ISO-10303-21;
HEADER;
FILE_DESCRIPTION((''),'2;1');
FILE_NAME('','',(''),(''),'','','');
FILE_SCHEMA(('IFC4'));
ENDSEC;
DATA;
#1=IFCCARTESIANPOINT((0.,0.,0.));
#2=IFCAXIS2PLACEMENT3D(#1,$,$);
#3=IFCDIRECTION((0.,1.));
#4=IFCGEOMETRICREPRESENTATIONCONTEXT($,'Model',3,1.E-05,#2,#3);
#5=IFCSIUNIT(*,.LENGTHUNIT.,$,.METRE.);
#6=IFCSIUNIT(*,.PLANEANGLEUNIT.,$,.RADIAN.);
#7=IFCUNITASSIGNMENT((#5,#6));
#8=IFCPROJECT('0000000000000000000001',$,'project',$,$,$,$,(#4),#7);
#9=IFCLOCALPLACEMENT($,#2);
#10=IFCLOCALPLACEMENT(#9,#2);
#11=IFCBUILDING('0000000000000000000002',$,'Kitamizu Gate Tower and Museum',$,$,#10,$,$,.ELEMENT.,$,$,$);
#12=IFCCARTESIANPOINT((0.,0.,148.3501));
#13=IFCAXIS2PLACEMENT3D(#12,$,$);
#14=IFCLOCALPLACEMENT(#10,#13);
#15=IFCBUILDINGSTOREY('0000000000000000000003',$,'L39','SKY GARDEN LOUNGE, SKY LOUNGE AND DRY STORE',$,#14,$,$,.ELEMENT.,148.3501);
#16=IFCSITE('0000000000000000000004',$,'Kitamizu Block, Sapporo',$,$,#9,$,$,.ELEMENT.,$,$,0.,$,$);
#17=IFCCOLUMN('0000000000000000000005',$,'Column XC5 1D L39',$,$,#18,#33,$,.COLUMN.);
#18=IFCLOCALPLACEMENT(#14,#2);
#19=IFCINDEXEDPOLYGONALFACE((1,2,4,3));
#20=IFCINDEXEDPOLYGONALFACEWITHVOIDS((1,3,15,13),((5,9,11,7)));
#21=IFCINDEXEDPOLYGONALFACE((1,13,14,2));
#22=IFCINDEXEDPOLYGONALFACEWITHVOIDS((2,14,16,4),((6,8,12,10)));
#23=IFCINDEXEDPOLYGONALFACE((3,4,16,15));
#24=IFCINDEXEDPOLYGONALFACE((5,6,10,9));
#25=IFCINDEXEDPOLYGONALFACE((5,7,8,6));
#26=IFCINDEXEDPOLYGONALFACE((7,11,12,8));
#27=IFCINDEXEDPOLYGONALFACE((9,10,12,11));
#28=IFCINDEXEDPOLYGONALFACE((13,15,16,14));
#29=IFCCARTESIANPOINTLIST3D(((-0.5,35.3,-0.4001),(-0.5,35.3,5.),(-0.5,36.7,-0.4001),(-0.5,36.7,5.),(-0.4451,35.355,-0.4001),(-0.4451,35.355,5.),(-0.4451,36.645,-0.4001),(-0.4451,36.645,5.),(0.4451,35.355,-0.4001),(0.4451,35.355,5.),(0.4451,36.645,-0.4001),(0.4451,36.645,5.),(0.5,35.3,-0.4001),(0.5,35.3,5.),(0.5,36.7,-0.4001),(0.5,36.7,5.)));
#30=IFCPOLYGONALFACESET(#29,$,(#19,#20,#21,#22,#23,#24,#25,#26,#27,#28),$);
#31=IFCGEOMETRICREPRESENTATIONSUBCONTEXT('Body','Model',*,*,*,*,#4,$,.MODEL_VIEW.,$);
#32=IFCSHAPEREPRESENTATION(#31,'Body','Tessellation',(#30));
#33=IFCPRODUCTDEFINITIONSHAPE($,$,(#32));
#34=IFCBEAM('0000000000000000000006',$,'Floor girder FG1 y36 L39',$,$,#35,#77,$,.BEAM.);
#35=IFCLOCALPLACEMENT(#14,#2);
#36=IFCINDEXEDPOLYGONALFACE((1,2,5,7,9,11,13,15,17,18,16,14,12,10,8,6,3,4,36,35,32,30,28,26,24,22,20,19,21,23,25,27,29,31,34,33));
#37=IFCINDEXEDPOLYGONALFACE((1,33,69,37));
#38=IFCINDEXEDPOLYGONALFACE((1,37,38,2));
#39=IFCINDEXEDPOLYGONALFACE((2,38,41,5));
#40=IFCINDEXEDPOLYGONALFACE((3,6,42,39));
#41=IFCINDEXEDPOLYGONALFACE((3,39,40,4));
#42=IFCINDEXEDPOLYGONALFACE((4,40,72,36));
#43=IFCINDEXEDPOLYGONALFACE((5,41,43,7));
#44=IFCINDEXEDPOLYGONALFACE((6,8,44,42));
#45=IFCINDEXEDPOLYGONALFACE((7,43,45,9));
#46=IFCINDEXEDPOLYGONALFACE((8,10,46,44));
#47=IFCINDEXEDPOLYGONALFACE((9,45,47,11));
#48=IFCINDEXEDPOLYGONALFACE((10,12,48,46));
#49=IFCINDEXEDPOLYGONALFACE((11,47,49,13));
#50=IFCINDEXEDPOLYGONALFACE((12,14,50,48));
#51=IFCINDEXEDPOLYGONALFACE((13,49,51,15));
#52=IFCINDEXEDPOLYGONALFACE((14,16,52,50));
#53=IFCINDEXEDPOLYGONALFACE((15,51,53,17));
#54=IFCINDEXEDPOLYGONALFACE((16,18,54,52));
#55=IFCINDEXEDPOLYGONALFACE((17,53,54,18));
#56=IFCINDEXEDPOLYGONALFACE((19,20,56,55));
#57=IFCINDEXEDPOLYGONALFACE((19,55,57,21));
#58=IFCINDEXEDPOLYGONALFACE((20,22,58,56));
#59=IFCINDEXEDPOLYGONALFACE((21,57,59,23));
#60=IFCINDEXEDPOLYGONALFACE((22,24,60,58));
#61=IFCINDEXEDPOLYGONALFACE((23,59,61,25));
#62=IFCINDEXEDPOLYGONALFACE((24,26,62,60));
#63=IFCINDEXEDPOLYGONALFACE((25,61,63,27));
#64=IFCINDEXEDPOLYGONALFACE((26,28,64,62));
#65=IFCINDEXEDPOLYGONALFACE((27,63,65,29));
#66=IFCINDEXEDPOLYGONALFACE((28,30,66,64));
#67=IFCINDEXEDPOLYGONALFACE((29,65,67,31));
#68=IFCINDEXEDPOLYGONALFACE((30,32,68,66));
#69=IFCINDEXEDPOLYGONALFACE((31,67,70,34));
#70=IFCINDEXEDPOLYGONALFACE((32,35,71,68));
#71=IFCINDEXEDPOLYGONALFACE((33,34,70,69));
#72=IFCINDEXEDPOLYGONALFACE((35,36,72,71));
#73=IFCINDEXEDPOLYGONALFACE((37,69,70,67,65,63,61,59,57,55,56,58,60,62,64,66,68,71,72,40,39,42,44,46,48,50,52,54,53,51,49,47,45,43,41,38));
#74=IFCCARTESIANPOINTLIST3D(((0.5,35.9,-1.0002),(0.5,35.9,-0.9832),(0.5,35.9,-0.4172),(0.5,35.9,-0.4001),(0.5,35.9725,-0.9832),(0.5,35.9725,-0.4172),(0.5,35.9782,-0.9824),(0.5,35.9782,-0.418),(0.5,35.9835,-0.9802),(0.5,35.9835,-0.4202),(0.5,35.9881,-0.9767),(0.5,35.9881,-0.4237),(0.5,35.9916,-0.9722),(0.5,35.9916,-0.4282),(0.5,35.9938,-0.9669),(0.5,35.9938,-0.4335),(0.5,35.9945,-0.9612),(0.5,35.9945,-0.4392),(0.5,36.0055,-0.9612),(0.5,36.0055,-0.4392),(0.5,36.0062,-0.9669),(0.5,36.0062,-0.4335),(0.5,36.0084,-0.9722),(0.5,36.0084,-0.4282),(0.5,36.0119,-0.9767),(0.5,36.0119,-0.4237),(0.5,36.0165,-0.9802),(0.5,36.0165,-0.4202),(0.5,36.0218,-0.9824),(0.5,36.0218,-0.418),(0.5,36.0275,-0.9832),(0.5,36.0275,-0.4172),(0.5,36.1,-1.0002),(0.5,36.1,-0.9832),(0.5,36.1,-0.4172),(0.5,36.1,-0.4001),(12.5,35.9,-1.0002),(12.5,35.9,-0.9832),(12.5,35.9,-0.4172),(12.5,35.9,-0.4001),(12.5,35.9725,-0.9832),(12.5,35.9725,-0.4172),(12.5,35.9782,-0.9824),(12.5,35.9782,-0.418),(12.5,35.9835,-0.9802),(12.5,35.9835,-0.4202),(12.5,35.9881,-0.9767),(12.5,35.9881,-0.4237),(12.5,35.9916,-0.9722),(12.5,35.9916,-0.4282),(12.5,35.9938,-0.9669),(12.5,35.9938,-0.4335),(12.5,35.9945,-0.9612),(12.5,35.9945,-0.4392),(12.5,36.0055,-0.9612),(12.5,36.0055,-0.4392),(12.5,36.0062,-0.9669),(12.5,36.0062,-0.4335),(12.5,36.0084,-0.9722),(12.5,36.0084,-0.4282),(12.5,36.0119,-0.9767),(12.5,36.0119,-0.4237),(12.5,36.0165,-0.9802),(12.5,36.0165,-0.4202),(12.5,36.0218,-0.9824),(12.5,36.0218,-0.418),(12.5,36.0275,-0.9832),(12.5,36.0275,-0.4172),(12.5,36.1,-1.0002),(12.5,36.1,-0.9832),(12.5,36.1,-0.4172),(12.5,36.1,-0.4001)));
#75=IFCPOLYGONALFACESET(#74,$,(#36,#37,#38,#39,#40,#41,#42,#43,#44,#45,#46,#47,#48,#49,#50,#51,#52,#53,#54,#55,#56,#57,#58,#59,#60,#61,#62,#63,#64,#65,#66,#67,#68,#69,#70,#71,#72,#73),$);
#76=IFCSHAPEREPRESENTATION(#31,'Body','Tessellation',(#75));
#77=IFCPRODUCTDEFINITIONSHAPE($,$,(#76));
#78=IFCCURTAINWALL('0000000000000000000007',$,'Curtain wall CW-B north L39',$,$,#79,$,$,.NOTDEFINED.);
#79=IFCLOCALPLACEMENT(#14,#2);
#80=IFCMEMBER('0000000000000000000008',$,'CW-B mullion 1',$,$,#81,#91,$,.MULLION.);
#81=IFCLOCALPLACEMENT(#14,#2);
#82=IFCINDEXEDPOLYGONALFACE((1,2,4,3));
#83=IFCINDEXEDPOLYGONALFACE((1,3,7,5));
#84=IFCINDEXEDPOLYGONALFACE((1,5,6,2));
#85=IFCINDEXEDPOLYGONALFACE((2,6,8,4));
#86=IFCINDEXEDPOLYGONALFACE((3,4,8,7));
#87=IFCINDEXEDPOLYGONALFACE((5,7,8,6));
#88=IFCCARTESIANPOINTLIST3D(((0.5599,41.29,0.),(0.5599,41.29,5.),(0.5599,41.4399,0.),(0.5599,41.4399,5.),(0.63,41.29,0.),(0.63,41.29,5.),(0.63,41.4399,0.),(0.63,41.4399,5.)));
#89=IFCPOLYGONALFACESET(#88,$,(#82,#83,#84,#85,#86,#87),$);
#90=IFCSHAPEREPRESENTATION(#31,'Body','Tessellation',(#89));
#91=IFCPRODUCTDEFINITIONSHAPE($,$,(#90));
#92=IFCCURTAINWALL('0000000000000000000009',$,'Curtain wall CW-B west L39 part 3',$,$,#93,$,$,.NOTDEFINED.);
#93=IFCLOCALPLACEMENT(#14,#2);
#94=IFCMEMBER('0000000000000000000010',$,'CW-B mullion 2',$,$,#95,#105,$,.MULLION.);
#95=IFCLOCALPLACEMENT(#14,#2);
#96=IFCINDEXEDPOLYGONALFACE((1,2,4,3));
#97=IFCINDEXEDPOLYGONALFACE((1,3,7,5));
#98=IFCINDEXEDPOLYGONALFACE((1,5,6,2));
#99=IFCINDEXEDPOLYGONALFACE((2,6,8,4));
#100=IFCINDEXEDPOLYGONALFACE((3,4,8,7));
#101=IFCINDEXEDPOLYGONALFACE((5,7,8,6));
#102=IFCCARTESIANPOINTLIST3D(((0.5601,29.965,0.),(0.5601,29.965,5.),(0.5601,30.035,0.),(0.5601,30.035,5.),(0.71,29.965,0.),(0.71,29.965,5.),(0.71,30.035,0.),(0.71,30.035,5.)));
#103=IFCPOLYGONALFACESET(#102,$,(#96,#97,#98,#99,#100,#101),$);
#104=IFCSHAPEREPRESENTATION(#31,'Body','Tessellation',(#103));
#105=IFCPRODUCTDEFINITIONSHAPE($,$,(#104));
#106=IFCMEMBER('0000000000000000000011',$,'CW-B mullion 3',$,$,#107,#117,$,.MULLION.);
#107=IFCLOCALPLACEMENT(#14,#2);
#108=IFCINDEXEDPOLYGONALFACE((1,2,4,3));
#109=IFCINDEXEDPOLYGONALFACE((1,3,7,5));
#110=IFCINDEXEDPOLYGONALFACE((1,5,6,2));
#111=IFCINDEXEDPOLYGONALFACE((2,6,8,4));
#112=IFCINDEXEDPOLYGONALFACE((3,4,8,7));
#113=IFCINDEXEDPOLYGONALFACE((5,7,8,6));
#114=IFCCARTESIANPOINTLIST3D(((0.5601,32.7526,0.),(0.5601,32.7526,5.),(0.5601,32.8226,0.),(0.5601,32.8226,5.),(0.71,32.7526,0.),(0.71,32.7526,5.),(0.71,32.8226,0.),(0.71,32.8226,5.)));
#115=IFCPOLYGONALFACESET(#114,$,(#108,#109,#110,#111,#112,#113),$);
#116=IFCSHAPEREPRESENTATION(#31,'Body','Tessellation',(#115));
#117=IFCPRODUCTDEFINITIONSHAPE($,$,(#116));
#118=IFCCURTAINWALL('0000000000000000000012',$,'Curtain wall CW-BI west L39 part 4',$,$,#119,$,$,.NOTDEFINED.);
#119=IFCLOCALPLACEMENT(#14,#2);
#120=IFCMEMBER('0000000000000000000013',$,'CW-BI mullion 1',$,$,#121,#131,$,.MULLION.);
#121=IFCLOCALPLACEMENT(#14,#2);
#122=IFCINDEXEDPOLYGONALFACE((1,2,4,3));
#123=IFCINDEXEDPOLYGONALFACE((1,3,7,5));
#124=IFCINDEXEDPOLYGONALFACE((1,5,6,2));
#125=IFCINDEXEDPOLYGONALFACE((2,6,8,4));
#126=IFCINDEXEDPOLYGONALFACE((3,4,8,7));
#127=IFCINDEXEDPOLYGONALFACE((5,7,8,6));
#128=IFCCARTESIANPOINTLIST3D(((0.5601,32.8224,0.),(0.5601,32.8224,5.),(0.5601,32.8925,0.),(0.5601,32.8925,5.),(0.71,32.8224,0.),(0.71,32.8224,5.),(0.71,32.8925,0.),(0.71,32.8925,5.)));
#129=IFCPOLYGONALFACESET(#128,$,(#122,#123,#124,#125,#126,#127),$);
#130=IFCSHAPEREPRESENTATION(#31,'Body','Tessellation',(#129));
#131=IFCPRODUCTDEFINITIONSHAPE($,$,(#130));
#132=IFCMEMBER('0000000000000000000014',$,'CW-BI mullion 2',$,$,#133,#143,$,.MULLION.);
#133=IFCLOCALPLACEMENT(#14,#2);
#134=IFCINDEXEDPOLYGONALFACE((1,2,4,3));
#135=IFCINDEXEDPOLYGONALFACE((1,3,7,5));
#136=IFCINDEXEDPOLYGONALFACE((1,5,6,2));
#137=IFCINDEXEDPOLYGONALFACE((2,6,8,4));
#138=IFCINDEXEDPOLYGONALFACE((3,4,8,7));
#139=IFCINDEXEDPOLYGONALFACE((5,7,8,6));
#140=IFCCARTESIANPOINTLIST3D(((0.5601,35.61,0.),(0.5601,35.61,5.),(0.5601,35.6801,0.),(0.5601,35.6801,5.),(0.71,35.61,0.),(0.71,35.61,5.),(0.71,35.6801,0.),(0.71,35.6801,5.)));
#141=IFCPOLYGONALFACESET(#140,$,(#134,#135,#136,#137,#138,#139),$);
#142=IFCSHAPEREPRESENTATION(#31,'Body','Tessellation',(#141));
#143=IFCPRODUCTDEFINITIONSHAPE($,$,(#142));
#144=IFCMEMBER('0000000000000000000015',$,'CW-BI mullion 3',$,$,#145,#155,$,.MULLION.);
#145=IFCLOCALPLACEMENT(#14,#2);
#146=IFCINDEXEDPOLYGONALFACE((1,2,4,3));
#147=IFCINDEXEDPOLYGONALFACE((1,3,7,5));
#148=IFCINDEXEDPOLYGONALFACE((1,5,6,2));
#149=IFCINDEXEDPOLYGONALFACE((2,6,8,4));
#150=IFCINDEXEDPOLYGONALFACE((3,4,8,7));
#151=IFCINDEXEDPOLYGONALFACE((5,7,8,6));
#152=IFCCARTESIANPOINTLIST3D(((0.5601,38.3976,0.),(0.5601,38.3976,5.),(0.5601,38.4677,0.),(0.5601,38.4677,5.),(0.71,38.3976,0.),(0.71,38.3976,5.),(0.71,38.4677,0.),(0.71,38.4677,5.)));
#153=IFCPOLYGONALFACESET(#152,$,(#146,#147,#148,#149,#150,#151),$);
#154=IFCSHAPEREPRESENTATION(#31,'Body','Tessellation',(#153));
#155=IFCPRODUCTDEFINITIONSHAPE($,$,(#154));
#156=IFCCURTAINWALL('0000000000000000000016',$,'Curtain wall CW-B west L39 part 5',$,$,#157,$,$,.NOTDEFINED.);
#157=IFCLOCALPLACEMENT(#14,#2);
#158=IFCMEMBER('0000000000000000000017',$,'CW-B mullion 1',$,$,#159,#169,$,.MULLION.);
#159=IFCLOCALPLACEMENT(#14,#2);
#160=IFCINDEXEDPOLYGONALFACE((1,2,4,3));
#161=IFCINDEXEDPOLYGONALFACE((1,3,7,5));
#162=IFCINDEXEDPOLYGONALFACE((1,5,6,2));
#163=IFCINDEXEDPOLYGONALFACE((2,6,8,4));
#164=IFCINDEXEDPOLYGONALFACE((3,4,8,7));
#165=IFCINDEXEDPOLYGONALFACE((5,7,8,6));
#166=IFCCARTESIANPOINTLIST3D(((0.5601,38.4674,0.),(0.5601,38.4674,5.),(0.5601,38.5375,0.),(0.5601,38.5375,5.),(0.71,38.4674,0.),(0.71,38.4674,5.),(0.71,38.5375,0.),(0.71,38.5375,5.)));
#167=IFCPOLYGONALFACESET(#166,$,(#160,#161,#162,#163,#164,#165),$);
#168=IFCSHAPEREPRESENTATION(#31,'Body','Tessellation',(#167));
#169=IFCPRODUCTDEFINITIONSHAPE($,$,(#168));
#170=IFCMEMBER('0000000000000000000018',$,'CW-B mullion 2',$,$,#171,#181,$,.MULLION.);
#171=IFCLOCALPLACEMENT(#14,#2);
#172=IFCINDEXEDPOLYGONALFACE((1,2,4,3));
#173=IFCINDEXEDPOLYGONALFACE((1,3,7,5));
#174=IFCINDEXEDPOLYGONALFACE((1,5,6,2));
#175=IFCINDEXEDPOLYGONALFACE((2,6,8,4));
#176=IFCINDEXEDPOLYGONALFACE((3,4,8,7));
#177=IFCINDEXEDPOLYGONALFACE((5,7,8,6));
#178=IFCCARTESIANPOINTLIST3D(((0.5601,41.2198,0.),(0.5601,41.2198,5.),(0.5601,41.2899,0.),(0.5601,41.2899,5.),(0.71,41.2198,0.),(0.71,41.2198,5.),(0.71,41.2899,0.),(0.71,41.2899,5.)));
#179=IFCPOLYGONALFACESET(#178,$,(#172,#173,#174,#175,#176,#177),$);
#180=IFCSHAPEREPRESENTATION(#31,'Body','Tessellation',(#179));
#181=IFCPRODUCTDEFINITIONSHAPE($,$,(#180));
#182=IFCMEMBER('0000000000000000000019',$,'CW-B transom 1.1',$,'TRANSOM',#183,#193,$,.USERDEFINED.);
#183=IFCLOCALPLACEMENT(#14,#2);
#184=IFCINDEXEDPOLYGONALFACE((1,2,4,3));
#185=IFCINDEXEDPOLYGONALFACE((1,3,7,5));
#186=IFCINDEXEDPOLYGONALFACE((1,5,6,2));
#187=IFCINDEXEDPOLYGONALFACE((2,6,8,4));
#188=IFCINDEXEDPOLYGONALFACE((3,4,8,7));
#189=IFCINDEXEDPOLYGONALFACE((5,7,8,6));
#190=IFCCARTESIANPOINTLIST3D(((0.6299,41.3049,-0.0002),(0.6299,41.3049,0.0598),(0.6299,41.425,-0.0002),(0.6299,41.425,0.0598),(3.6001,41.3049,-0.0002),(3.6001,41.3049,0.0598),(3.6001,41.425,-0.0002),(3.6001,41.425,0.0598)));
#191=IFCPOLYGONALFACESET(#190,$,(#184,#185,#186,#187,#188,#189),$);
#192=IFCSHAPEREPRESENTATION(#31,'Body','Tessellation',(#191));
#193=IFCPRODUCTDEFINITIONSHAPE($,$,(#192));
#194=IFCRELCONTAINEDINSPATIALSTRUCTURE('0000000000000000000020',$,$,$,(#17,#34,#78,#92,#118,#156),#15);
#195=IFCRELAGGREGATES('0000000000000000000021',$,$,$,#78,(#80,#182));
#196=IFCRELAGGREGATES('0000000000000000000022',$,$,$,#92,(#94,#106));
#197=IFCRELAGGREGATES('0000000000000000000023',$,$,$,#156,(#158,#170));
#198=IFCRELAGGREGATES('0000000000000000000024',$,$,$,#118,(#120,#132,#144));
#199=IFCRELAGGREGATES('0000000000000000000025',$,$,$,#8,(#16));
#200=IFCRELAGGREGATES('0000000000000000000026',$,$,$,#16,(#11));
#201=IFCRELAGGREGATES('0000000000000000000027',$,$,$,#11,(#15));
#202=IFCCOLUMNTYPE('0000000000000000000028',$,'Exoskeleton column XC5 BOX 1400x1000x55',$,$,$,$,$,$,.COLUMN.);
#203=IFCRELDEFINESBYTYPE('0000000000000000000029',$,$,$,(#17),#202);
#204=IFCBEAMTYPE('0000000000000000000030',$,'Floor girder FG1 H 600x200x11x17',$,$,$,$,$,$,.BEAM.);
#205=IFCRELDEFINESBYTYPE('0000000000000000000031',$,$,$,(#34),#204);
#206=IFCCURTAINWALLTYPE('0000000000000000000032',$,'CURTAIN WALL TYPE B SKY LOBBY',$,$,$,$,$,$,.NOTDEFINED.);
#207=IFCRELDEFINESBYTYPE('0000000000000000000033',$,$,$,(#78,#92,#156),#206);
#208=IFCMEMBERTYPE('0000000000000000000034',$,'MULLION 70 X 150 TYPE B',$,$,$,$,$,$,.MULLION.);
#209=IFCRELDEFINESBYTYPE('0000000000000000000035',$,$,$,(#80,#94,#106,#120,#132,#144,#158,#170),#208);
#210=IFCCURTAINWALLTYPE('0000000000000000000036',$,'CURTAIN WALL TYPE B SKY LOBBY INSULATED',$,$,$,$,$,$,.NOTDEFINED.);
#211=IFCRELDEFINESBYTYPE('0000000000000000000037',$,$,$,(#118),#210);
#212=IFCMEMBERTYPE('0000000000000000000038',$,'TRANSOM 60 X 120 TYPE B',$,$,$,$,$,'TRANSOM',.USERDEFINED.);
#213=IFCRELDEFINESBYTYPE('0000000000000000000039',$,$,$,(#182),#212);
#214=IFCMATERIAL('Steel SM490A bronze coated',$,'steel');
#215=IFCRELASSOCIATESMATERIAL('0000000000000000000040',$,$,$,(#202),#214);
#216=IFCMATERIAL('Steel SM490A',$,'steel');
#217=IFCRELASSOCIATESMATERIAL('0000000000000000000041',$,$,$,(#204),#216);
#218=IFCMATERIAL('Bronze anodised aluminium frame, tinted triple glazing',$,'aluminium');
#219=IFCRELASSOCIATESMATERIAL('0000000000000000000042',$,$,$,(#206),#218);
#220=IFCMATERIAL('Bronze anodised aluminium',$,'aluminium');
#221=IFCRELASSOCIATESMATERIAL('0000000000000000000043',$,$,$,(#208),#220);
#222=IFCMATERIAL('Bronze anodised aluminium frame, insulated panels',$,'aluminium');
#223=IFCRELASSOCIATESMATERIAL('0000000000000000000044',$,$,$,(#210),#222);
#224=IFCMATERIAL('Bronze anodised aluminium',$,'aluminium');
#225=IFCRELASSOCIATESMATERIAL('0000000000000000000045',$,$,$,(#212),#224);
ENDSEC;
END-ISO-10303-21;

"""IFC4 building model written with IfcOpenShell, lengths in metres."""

from ifc_helpers import new_model, si_unit, direction, frame, origin, origin_2d, place, context, subcontext, project, spatial, rectangle, hollow_rectangle, i_section, extrude, material, material_profile, profile_set, type_object, element, aggregate, save


model = new_model("IFC4")

# Units and contexts
model_context = context("Model", 3, precision=1e-05, world=origin(), true_north=direction((0.0, 1.0)))
body_context = subcontext(model_context, "Body", "Model", "MODEL_VIEW")
ifc_project = project(units=[si_unit("LENGTHUNIT", "METRE"), si_unit("PLANEANGLEUNIT", "RADIAN")], contexts=[model_context])

# Site, building, storey
site_placement = place(None, origin())
site = spatial("IfcSite", under=ifc_project, at=site_placement, Name="Kitamizu Block, Sapporo", CompositionType="ELEMENT", RefElevation=0.0)
building_placement = place(site_placement, origin())
building = spatial("IfcBuilding", under=site, at=building_placement, Name="Kitamizu Gate Tower and Museum", CompositionType="ELEMENT")
storey_placement = place(building_placement, frame((0.0, 0.0, 148.3501)))
storey = spatial("IfcBuildingStorey", under=building, at=storey_placement, Name="L39", Description="SKY GARDEN LOUNGE, SKY LOUNGE AND DRY STORE", CompositionType="ELEMENT", Elevation=148.3501)

# Column
ifc_material_1 = material(Name="Steel SM490A bronze coated", Category="steel")
ifc_material_profile_1 = material_profile(ifc_material_1, hollow_rectangle(XDim=1.3999, YDim=1.0, WallThickness=0.0549, at=origin_2d()), Name="BOX 1400x1000x55")
ifc_profile_set_1 = profile_set([ifc_material_profile_1], Name="Steel SM490A bronze coated")
column_type = type_object("IfcColumnType", Name="Exoskeleton column XC5 BOX 1400x1000x55", PredefinedType="COLUMN", material=ifc_profile_set_1)
column_placement = place(storey_placement, frame((0.0, 36.0, -0.4001), z_axis=(0.0, 0.0, 1.0), x_axis=(0.0, 1.0, 0.0)))
element("IfcColumn", 1, at=column_placement, inside=storey, type_object=column_type, Name="Column XC5 1D L39", PredefinedType="COLUMN", context=body_context, shape_type="SweptSolid", body=[
    extrude(hollow_rectangle(XDim=1.3999, YDim=1.0, WallThickness=0.0549, at=origin_2d()), origin(), (0.0, 0.0, 1.0), 5.4001),
])

# Beam
ifc_material_2 = material(Name="Steel SM490A", Category="steel")
ifc_material_profile_2 = material_profile(ifc_material_2, i_section(OverallWidth=0.2, OverallDepth=0.6001, WebThickness=0.011, FlangeThickness=0.0171, FilletRadius=0.022, at=origin_2d()), Name="H-600x200x11x17")
ifc_profile_set_2 = profile_set([ifc_material_profile_2], Name="Steel SM490A")
beam_type = type_object("IfcBeamType", Name="Floor girder FG1 H 600x200x11x17", PredefinedType="BEAM", material=ifc_profile_set_2)
beam_placement = place(storey_placement, frame((0.5, 36.0, -0.7002), z_axis=(1.0, 0.0, 0.0), x_axis=(0.0, 1.0, 0.0)))
element("IfcBeam", 2, at=beam_placement, inside=storey, type_object=beam_type, Name="Floor girder FG1 y36 L39", PredefinedType="BEAM", context=body_context, shape_type="SweptSolid", body=[
    extrude(i_section(OverallWidth=0.2, OverallDepth=0.6001, WebThickness=0.011, FlangeThickness=0.0171, FilletRadius=0.022, at=origin_2d()), origin(), (0.0, 0.0, 1.0), 12.0),
])

# Curtain wall, member
ifc_material_3 = material(Name="Bronze anodised aluminium frame, tinted triple glazing", Category="aluminium")
curtain_wall_type_1 = type_object("IfcCurtainWallType", Name="CURTAIN WALL TYPE B SKY LOBBY", PredefinedType="NOTDEFINED", material=ifc_material_3)
curtain_wall_1_placement = place(storey_placement, origin())
curtain_wall_1 = element("IfcCurtainWall", 3, at=curtain_wall_1_placement, inside=storey, type_object=curtain_wall_type_1, Name="Curtain wall CW-B north L39", PredefinedType="NOTDEFINED")
ifc_material_4 = material(Name="Bronze anodised aluminium", Category="aluminium")
ifc_material_profile_3 = material_profile(ifc_material_4, rectangle(XDim=0.0701, YDim=0.1499, at=origin_2d()), Name="AL 70X150")
ifc_profile_set_3 = profile_set([ifc_material_profile_3], Name="Bronze anodised aluminium")
member_type_1 = type_object("IfcMemberType", Name="MULLION 70 X 150 TYPE B", PredefinedType="MULLION", material=ifc_profile_set_3)
member_1_placement = place(storey_placement, frame((0.595, 41.365, 0.0), z_axis=(0.0, 0.0, 1.0), x_axis=(1.0, 0.0, 0.0)))
member_1 = element("IfcMember", 4, at=member_1_placement, type_object=member_type_1, Name="CW-B mullion 1", PredefinedType="MULLION", context=body_context, shape_type="SweptSolid", body=[
    extrude(rectangle(XDim=0.0701, YDim=0.1499, at=origin_2d()), origin(), (0.0, 0.0, 1.0), 5.0),
])

# Curtain walls, members
curtain_wall_2_placement = place(storey_placement, origin())
curtain_wall_2 = element("IfcCurtainWall", 5, at=curtain_wall_2_placement, inside=storey, type_object=curtain_wall_type_1, Name="Curtain wall CW-B west L39 part 3", PredefinedType="NOTDEFINED")
member_2_placement = place(storey_placement, frame((0.635, 30.0, 0.0), z_axis=(0.0, 0.0, 1.0), x_axis=(0.0, 1.0, 0.0)))
member_2 = element("IfcMember", 6, at=member_2_placement, type_object=member_type_1, Name="CW-B mullion 2", PredefinedType="MULLION", context=body_context, shape_type="SweptSolid", body=[
    extrude(rectangle(XDim=0.0701, YDim=0.1499, at=origin_2d()), origin(), (0.0, 0.0, 1.0), 5.0),
])
member_3_placement = place(storey_placement, frame((0.635, 32.7876, 0.0), z_axis=(0.0, 0.0, 1.0), x_axis=(0.0, 1.0, 0.0)))
member_3 = element("IfcMember", 7, at=member_3_placement, type_object=member_type_1, Name="CW-B mullion 3", PredefinedType="MULLION", context=body_context, shape_type="SweptSolid", body=[
    extrude(rectangle(XDim=0.0701, YDim=0.1499, at=origin_2d()), origin(), (0.0, 0.0, 1.0), 5.0),
])
ifc_material_5 = material(Name="Bronze anodised aluminium frame, insulated panels", Category="aluminium")
curtain_wall_type_2 = type_object("IfcCurtainWallType", Name="CURTAIN WALL TYPE B SKY LOBBY INSULATED", PredefinedType="NOTDEFINED", material=ifc_material_5)
curtain_wall_3_placement = place(storey_placement, origin())
curtain_wall_3 = element("IfcCurtainWall", 8, at=curtain_wall_3_placement, inside=storey, type_object=curtain_wall_type_2, Name="Curtain wall CW-BI west L39 part 4", PredefinedType="NOTDEFINED")
member_4_placement = place(storey_placement, frame((0.635, 32.8574, 0.0), z_axis=(0.0, 0.0, 1.0), x_axis=(0.0, 1.0, 0.0)))
member_4 = element("IfcMember", 9, at=member_4_placement, type_object=member_type_1, Name="CW-BI mullion 1", PredefinedType="MULLION", context=body_context, shape_type="SweptSolid", body=[
    extrude(rectangle(XDim=0.0701, YDim=0.1499, at=origin_2d()), origin(), (0.0, 0.0, 1.0), 5.0),
])
member_5_placement = place(storey_placement, frame((0.635, 35.645, 0.0), z_axis=(0.0, 0.0, 1.0), x_axis=(0.0, 1.0, 0.0)))
member_5 = element("IfcMember", 10, at=member_5_placement, type_object=member_type_1, Name="CW-BI mullion 2", PredefinedType="MULLION", context=body_context, shape_type="SweptSolid", body=[
    extrude(rectangle(XDim=0.0701, YDim=0.1499, at=origin_2d()), origin(), (0.0, 0.0, 1.0), 5.0),
])
member_6_placement = place(storey_placement, frame((0.635, 38.4326, 0.0), z_axis=(0.0, 0.0, 1.0), x_axis=(0.0, 1.0, 0.0)))
member_6 = element("IfcMember", 11, at=member_6_placement, type_object=member_type_1, Name="CW-BI mullion 3", PredefinedType="MULLION", context=body_context, shape_type="SweptSolid", body=[
    extrude(rectangle(XDim=0.0701, YDim=0.1499, at=origin_2d()), origin(), (0.0, 0.0, 1.0), 5.0),
])
curtain_wall_4_placement = place(storey_placement, origin())
curtain_wall_4 = element("IfcCurtainWall", 12, at=curtain_wall_4_placement, inside=storey, type_object=curtain_wall_type_1, Name="Curtain wall CW-B west L39 part 5", PredefinedType="NOTDEFINED")
member_7_placement = place(storey_placement, frame((0.635, 38.5024, 0.0), z_axis=(0.0, 0.0, 1.0), x_axis=(0.0, 1.0, 0.0)))
member_7 = element("IfcMember", 13, at=member_7_placement, type_object=member_type_1, Name="CW-B mullion 1", PredefinedType="MULLION", context=body_context, shape_type="SweptSolid", body=[
    extrude(rectangle(XDim=0.0701, YDim=0.1499, at=origin_2d()), origin(), (0.0, 0.0, 1.0), 5.0),
])
member_8_placement = place(storey_placement, frame((0.635, 41.2549, 0.0), z_axis=(0.0, 0.0, 1.0), x_axis=(0.0, 1.0, 0.0)))
member_8 = element("IfcMember", 14, at=member_8_placement, type_object=member_type_1, Name="CW-B mullion 2", PredefinedType="MULLION", context=body_context, shape_type="SweptSolid", body=[
    extrude(rectangle(XDim=0.0701, YDim=0.1499, at=origin_2d()), origin(), (0.0, 0.0, 1.0), 5.0),
])

# Member
ifc_material_6 = material(Name="Bronze anodised aluminium", Category="aluminium")
ifc_material_profile_4 = material_profile(ifc_material_6, rectangle(XDim=0.1201, YDim=0.0601, at=origin_2d()), Name="AL 60X120")
ifc_profile_set_4 = profile_set([ifc_material_profile_4], Name="Bronze anodised aluminium")
member_type_2 = type_object("IfcMemberType", Name="TRANSOM 60 X 120 TYPE B", ElementType="TRANSOM", PredefinedType="USERDEFINED", material=ifc_profile_set_4)
member_9_placement = place(storey_placement, frame((0.6299, 41.365, 0.0298), z_axis=(1.0, 0.0, 0.0), x_axis=(0.0, 1.0, 0.0)))
member_9 = element("IfcMember", 15, at=member_9_placement, type_object=member_type_2, Name="CW-B transom 1.1", ObjectType="TRANSOM", PredefinedType="USERDEFINED", context=body_context, shape_type="SweptSolid", body=[
    extrude(rectangle(XDim=0.1201, YDim=0.0601, at=origin_2d()), origin(), (0.0, 0.0, 1.0), 2.9702),
])

aggregate(curtain_wall_1, [member_1, member_9])
aggregate(curtain_wall_2, [member_2, member_3])
aggregate(curtain_wall_4, [member_7, member_8])
aggregate(curtain_wall_3, [member_4, member_5, member_6])

save(model, "model.ifc")
